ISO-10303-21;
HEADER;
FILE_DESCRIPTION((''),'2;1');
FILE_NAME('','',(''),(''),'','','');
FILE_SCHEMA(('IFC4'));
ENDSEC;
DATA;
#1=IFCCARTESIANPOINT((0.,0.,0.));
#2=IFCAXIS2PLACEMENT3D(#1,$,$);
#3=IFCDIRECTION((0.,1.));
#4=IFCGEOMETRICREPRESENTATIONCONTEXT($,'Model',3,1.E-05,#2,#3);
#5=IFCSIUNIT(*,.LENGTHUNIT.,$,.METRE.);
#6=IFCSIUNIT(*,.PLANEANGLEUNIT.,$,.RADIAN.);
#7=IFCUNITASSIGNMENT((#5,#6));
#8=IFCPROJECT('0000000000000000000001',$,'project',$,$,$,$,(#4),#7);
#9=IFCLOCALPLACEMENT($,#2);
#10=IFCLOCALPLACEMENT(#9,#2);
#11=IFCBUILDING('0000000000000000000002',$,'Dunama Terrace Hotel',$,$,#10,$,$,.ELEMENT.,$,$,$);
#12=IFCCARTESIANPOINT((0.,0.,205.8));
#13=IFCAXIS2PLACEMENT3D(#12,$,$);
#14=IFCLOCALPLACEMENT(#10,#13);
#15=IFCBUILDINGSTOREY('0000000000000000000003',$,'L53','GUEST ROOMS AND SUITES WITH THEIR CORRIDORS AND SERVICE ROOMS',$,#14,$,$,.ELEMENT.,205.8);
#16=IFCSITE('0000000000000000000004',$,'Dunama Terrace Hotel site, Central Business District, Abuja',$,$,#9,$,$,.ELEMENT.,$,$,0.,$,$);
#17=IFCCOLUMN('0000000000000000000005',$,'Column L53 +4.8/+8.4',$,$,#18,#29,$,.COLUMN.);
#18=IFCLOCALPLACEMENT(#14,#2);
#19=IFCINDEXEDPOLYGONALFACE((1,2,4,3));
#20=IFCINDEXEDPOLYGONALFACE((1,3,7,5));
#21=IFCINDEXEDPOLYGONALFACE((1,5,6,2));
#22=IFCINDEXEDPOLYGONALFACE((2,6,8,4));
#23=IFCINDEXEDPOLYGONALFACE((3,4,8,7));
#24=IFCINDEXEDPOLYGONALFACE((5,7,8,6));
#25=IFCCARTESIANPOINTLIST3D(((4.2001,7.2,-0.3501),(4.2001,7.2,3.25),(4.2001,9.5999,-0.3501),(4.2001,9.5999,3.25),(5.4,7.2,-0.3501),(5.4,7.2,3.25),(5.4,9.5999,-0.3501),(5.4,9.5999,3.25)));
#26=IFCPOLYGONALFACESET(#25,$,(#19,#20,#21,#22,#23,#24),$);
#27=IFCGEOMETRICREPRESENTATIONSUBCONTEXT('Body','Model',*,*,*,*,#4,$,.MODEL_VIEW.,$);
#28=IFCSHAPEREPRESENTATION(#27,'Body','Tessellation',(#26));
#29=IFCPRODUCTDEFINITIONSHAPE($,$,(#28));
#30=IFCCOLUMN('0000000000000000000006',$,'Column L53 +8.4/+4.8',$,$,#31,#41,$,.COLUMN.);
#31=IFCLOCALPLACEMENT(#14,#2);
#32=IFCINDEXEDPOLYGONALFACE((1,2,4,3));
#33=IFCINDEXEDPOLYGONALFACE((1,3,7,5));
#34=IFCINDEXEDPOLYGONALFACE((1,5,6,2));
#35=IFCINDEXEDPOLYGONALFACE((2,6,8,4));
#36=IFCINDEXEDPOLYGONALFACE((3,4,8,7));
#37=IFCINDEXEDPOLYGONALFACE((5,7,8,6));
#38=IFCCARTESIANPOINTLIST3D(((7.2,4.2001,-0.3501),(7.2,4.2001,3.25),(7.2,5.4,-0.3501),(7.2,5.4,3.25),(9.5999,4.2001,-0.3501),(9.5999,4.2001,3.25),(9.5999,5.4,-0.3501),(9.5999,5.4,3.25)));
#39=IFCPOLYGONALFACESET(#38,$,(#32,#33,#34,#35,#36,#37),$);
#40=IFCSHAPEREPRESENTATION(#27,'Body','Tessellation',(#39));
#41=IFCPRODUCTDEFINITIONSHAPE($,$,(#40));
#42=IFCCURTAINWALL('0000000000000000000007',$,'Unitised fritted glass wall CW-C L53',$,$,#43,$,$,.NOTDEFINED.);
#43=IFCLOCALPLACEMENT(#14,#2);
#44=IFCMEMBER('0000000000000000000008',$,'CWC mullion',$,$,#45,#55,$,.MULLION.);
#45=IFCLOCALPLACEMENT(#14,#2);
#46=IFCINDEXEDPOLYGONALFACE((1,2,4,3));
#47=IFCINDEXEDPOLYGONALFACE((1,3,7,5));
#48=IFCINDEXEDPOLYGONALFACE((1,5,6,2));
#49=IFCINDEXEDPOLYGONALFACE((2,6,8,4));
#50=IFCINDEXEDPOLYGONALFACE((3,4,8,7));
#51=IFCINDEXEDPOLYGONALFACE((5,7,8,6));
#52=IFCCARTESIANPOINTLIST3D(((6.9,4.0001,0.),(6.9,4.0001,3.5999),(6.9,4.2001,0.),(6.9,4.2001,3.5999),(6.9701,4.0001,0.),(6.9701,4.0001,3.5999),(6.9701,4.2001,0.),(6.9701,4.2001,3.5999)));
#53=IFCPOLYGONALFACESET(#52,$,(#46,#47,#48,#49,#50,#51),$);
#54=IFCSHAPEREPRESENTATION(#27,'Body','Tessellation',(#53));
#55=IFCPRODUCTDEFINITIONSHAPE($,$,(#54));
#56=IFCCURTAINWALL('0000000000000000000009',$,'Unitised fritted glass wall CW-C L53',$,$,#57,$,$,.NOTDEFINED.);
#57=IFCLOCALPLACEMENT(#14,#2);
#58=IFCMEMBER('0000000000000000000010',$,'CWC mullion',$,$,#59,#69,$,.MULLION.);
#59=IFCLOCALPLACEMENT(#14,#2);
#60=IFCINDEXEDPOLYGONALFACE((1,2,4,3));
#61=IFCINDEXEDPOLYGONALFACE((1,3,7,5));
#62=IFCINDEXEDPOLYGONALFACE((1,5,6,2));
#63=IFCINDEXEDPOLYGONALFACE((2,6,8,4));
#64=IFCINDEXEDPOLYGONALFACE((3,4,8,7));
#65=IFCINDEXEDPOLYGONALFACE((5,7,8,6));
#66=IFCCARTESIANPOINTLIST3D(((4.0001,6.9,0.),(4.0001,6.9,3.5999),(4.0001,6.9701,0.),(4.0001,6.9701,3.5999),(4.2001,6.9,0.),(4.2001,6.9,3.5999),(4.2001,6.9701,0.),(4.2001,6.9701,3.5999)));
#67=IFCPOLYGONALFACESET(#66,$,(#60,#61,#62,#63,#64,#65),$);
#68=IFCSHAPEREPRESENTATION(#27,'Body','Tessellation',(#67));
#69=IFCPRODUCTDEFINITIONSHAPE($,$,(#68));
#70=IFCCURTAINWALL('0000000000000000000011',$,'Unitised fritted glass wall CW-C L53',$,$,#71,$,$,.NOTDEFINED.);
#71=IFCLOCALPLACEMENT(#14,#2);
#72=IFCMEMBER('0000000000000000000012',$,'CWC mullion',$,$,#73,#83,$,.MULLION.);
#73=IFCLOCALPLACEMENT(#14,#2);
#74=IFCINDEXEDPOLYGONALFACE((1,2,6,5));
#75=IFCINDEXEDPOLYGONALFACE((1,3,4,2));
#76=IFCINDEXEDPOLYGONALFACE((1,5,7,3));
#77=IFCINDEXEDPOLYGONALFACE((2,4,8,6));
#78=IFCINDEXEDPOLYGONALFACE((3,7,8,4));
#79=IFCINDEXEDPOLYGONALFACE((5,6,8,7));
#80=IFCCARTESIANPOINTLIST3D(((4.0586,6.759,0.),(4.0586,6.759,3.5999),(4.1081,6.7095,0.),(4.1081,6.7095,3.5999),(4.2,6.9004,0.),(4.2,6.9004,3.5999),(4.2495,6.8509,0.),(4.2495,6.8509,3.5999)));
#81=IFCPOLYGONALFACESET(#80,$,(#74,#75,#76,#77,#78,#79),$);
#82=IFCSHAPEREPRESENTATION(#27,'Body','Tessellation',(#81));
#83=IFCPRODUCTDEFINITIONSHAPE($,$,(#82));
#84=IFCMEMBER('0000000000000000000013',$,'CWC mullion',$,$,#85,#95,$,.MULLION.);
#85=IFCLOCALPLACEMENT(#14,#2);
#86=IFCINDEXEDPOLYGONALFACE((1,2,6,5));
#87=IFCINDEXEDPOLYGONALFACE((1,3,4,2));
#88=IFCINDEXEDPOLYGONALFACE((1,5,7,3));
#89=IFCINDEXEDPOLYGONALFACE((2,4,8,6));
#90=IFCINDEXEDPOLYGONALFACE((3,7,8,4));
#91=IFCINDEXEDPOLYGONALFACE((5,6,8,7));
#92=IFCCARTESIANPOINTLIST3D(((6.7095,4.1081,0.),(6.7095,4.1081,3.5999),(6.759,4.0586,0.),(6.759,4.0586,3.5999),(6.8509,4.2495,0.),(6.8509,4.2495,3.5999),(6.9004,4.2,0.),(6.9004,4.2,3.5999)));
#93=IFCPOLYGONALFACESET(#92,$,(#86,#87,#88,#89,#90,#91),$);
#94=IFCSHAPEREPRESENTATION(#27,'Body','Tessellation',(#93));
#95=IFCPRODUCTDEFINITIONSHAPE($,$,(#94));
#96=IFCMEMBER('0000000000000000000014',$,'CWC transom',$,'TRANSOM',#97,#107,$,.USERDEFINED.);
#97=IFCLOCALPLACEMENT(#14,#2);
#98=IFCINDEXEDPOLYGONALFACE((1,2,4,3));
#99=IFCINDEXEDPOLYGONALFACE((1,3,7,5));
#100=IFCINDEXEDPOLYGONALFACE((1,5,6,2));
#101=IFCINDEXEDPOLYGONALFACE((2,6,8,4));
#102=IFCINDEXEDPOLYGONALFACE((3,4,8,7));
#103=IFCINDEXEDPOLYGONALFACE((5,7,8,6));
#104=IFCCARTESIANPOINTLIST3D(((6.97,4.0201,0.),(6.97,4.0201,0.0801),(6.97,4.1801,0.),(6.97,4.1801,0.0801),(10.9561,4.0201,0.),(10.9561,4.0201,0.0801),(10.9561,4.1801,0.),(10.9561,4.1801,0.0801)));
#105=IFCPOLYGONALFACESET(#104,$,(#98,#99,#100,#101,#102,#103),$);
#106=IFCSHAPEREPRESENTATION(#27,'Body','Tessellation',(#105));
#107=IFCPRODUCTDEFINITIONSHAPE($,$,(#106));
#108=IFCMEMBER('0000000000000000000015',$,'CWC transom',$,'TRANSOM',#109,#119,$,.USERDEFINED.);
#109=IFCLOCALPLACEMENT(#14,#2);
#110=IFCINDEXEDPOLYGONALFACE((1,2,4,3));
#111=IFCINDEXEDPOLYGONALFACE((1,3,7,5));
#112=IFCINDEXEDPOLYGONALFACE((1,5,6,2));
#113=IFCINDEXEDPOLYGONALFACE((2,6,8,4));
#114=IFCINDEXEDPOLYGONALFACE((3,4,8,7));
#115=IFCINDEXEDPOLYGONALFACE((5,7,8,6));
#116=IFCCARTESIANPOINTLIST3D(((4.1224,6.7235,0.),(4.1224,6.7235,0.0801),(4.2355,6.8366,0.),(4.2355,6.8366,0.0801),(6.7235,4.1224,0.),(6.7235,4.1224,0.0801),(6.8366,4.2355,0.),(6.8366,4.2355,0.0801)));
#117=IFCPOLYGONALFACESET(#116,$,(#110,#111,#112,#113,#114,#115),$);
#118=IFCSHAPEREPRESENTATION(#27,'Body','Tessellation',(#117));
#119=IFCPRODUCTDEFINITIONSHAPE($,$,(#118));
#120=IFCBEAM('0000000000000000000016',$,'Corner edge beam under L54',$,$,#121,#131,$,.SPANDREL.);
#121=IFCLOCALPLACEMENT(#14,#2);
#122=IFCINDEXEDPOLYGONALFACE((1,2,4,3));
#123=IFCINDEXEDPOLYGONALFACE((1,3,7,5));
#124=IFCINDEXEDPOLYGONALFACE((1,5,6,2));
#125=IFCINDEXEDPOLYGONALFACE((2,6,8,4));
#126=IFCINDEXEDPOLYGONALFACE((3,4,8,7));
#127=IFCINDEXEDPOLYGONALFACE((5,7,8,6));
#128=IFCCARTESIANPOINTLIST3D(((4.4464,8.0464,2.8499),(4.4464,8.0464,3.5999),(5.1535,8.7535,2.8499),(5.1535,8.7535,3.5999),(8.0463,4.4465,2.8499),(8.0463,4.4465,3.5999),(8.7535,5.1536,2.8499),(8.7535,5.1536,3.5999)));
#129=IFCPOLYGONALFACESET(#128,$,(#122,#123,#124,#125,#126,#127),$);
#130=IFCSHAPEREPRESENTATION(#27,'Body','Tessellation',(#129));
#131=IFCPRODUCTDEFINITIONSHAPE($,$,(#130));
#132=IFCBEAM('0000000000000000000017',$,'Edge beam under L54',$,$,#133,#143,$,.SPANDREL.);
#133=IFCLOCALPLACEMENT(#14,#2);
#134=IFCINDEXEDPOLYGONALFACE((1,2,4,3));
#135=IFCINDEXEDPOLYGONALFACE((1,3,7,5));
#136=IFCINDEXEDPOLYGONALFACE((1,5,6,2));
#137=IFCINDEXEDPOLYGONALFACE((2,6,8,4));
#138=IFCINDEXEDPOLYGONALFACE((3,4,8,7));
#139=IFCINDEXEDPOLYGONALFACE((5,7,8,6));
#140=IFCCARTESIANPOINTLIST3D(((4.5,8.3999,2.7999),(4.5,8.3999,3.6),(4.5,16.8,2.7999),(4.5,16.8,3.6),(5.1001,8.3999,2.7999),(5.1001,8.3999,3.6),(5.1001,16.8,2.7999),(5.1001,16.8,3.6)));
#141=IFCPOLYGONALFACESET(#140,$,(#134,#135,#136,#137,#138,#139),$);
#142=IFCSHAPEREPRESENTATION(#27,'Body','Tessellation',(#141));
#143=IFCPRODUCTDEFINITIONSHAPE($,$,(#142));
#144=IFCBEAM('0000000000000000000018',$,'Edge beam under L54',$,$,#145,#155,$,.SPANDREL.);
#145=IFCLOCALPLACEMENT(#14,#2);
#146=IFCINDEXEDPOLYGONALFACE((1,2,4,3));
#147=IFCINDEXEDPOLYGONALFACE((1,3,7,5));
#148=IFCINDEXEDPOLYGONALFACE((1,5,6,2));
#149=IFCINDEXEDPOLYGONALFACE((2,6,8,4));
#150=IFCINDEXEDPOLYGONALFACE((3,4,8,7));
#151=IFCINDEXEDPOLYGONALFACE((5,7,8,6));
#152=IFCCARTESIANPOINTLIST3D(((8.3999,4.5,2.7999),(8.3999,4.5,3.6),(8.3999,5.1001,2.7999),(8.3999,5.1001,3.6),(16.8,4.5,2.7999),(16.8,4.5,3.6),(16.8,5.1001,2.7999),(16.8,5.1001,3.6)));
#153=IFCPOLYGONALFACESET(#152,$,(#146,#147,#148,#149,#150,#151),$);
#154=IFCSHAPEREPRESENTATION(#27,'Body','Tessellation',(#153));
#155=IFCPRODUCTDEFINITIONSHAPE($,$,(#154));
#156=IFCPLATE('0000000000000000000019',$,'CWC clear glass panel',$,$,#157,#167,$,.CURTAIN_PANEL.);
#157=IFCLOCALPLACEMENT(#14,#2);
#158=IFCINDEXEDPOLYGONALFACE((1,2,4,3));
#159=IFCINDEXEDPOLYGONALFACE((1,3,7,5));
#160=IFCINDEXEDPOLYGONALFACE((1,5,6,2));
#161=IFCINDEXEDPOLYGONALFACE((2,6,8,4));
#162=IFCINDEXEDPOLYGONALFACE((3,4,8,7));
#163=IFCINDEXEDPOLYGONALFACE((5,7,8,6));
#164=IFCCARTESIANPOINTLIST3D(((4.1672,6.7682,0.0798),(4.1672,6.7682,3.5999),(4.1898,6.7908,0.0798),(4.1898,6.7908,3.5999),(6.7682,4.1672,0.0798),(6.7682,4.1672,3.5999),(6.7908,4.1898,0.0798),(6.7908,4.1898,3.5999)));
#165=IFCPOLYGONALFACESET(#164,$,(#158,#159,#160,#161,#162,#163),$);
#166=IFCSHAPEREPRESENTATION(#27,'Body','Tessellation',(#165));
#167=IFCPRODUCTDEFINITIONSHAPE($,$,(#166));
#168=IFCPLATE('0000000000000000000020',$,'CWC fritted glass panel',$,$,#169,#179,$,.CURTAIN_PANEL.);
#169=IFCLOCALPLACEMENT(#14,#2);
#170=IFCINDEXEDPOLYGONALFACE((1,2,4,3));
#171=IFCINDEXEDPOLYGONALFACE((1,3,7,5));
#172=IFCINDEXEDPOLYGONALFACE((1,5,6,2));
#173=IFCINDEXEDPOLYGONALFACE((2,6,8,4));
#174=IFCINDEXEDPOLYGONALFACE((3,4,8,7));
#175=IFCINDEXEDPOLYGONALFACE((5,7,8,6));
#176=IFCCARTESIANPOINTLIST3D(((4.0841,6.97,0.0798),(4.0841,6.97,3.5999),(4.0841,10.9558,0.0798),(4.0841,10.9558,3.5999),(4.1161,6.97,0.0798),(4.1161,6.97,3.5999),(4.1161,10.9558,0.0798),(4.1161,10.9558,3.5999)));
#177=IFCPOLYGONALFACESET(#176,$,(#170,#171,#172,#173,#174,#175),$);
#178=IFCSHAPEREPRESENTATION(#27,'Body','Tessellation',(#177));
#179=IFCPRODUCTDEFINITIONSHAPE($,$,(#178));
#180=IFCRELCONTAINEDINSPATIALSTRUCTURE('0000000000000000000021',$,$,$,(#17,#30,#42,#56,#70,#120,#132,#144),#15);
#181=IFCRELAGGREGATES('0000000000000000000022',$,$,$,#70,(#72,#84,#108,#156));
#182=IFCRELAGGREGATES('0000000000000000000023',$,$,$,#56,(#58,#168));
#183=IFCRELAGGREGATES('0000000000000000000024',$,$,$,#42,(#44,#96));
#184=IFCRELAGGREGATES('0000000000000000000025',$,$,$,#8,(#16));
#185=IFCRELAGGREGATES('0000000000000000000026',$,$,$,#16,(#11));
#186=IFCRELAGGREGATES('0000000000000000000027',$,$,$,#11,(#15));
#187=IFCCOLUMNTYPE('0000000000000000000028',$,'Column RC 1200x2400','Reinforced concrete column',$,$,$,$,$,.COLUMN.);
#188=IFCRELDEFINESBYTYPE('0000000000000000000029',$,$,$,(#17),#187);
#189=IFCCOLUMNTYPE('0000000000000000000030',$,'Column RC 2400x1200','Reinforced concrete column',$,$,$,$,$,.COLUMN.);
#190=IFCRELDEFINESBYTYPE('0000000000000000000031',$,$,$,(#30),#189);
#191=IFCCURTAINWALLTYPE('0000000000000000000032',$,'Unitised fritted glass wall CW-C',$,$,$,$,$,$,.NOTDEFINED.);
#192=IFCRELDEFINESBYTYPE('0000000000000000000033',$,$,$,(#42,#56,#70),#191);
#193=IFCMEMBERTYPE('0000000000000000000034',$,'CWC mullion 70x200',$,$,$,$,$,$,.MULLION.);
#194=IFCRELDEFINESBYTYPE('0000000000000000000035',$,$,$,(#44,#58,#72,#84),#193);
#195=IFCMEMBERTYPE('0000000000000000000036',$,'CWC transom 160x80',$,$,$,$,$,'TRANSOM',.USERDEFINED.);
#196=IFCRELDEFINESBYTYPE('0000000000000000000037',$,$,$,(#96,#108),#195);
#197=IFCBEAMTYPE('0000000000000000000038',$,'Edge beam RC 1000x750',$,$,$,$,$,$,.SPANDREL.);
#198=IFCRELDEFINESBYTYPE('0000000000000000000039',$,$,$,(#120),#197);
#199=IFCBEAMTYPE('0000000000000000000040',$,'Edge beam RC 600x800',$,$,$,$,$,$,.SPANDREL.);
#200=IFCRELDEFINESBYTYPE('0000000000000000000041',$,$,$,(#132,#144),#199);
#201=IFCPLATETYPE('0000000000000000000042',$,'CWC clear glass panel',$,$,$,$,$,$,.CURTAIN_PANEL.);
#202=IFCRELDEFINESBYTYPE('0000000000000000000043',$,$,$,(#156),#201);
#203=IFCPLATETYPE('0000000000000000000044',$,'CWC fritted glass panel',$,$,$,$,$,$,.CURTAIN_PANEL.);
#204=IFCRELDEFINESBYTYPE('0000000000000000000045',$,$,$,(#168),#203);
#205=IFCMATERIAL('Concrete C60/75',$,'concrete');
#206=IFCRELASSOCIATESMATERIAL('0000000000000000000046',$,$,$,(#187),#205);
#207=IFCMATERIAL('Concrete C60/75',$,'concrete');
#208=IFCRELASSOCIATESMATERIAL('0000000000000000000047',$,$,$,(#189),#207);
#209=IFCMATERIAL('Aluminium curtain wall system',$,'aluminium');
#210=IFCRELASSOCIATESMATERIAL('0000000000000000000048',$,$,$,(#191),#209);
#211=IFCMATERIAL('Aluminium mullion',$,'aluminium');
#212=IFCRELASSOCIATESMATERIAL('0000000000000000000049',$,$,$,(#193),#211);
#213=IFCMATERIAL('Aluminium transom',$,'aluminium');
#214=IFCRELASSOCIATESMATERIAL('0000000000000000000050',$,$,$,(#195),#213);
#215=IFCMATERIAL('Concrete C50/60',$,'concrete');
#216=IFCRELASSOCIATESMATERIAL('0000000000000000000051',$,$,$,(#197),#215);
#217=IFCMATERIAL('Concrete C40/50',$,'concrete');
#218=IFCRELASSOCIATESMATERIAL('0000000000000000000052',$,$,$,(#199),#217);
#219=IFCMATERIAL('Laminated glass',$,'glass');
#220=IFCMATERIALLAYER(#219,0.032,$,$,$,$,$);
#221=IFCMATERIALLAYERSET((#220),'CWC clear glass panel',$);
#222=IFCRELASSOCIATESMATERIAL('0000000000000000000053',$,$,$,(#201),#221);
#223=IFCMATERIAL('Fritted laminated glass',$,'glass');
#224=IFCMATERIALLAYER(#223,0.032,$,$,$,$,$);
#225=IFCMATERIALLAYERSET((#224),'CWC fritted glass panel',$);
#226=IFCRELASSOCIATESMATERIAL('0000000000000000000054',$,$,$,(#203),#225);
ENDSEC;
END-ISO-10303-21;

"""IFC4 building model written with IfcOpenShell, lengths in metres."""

from ifc_helpers import new_model, si_unit, direction, frame, origin, origin_2d, place, context, subcontext, project, spatial, rectangle, extrude, material, layer, layer_set, material_profile, profile_set, type_object, element, aggregate, save


model = new_model("IFC4")

# Units and contexts
model_context = context("Model", 3, precision=1e-05, world=origin(), true_north=direction((0.0, 1.0)))
body_context = subcontext(model_context, "Body", "Model", "MODEL_VIEW")
ifc_project = project(units=[si_unit("LENGTHUNIT", "METRE"), si_unit("PLANEANGLEUNIT", "RADIAN")], contexts=[model_context])

# Site, building, storey
site_placement = place(None, origin())
site = spatial("IfcSite", under=ifc_project, at=site_placement, Name="Dunama Terrace Hotel site, Central Business District, Abuja", CompositionType="ELEMENT", RefElevation=0.0)
building_placement = place(site_placement, origin())
building = spatial("IfcBuilding", under=site, at=building_placement, Name="Dunama Terrace Hotel", CompositionType="ELEMENT")
storey_placement = place(building_placement, frame((0.0, 0.0, 205.8)))
storey = spatial("IfcBuildingStorey", under=building, at=storey_placement, Name="L53", Description="GUEST ROOMS AND SUITES WITH THEIR CORRIDORS AND SERVICE ROOMS", CompositionType="ELEMENT", Elevation=205.8)

# Columns
ifc_material_1 = material(Name="Concrete C60/75", Category="concrete")
ifc_material_profile_1 = material_profile(ifc_material_1, rectangle(XDim=1.2, YDim=2.3999, at=origin_2d()), Name="RC 1200x2400")
ifc_profile_set_1 = profile_set([ifc_material_profile_1], Name="Concrete C60/75")
column_type_1 = type_object("IfcColumnType", Name="Column RC 1200x2400", Description="Reinforced concrete column", PredefinedType="COLUMN", material=ifc_profile_set_1)
column_1_placement = place(storey_placement, frame((4.8, 8.3999, -0.3501), z_axis=(0.0, 0.0, 1.0), x_axis=(1.0, 0.0, 0.0)))
element("IfcColumn", 1, at=column_1_placement, inside=storey, type_object=column_type_1, Name="Column L53 +4.8/+8.4", PredefinedType="COLUMN", context=body_context, shape_type="SweptSolid", body=[
    extrude(rectangle(XDim=1.2, YDim=2.3999, at=origin_2d()), origin(), (0.0, 0.0, 1.0), 3.6001),
])
ifc_material_2 = material(Name="Concrete C60/75", Category="concrete")
ifc_material_profile_2 = material_profile(ifc_material_2, rectangle(XDim=2.3999, YDim=1.2, at=origin_2d()), Name="RC 2400x1200")
ifc_profile_set_2 = profile_set([ifc_material_profile_2], Name="Concrete C60/75")
column_type_2 = type_object("IfcColumnType", Name="Column RC 2400x1200", Description="Reinforced concrete column", PredefinedType="COLUMN", material=ifc_profile_set_2)
column_2_placement = place(storey_placement, frame((8.3999, 4.8, -0.3501), z_axis=(0.0, 0.0, 1.0), x_axis=(1.0, 0.0, 0.0)))
element("IfcColumn", 2, at=column_2_placement, inside=storey, type_object=column_type_2, Name="Column L53 +8.4/+4.8", PredefinedType="COLUMN", context=body_context, shape_type="SweptSolid", body=[
    extrude(rectangle(XDim=2.3999, YDim=1.2, at=origin_2d()), origin(), (0.0, 0.0, 1.0), 3.6001),
])

# Curtain walls, members
ifc_material_3 = material(Name="Aluminium curtain wall system", Category="aluminium")
curtain_wall_type = type_object("IfcCurtainWallType", Name="Unitised fritted glass wall CW-C", PredefinedType="NOTDEFINED", material=ifc_material_3)
curtain_wall_1_placement = place(storey_placement, origin())
curtain_wall_1 = element("IfcCurtainWall", 3, at=curtain_wall_1_placement, inside=storey, type_object=curtain_wall_type, Name="Unitised fritted glass wall CW-C L53", PredefinedType="NOTDEFINED")
ifc_material_4 = material(Name="Aluminium mullion", Category="aluminium")
ifc_material_profile_3 = material_profile(ifc_material_4, rectangle(XDim=0.0701, YDim=0.2, at=origin_2d()), Name="CWC MULLION 70X200")
ifc_profile_set_3 = profile_set([ifc_material_profile_3], Name="Aluminium mullion")
member_type_1 = type_object("IfcMemberType", Name="CWC mullion 70x200", PredefinedType="MULLION", material=ifc_profile_set_3)
member_1_placement = place(storey_placement, frame((6.9351, 4.1001, 0.0), z_axis=(0.0, 0.0, 1.0), x_axis=(1.0, 0.0, 0.0)))
member_1 = element("IfcMember", 4, at=member_1_placement, type_object=member_type_1, Name="CWC mullion", PredefinedType="MULLION", context=body_context, shape_type="SweptSolid", body=[
    extrude(rectangle(XDim=0.0701, YDim=0.2, at=origin_2d()), origin(), (0.0, 0.0, 1.0), 3.5999),
])
curtain_wall_2_placement = place(storey_placement, origin())
curtain_wall_2 = element("IfcCurtainWall", 5, at=curtain_wall_2_placement, inside=storey, type_object=curtain_wall_type, Name="Unitised fritted glass wall CW-C L53", PredefinedType="NOTDEFINED")
member_2_placement = place(storey_placement, frame((4.1001, 6.9351, 0.0), z_axis=(0.0, 0.0, 1.0), x_axis=(0.0, -1.0, 0.0)))
member_2 = element("IfcMember", 6, at=member_2_placement, type_object=member_type_1, Name="CWC mullion", PredefinedType="MULLION", context=body_context, shape_type="SweptSolid", body=[
    extrude(rectangle(XDim=0.0701, YDim=0.2, at=origin_2d()), origin(), (0.0, 0.0, 1.0), 3.5999),
])

# Curtain wall, members
curtain_wall_3_placement = place(storey_placement, origin())
curtain_wall_3 = element("IfcCurtainWall", 7, at=curtain_wall_3_placement, inside=storey, type_object=curtain_wall_type, Name="Unitised fritted glass wall CW-C L53", PredefinedType="NOTDEFINED")
member_3_placement = place(storey_placement, frame((4.1541, 6.8049, 0.0), z_axis=(0.0, 0.0, 1.0), x_axis=(0.707107, -0.707107, 0.0)))
member_3 = element("IfcMember", 8, at=member_3_placement, type_object=member_type_1, Name="CWC mullion", PredefinedType="MULLION", context=body_context, shape_type="SweptSolid", body=[
    extrude(rectangle(XDim=0.0701, YDim=0.2, at=origin_2d()), origin(), (0.0, 0.0, 1.0), 3.5999),
])
member_4_placement = place(storey_placement, frame((6.8049, 4.1541, 0.0), z_axis=(0.0, 0.0, 1.0), x_axis=(0.707107, -0.707107, 0.0)))
member_4 = element("IfcMember", 9, at=member_4_placement, type_object=member_type_1, Name="CWC mullion", PredefinedType="MULLION", context=body_context, shape_type="SweptSolid", body=[
    extrude(rectangle(XDim=0.0701, YDim=0.2, at=origin_2d()), origin(), (0.0, 0.0, 1.0), 3.5999),
])

# Members
ifc_material_5 = material(Name="Aluminium transom", Category="aluminium")
ifc_material_profile_4 = material_profile(ifc_material_5, rectangle(XDim=0.1599, YDim=0.0801, at=origin_2d()), Name="CWC TRANSOM 160X80")
ifc_profile_set_4 = profile_set([ifc_material_profile_4], Name="Aluminium transom")
member_type_2 = type_object("IfcMemberType", Name="CWC transom 160x80", ElementType="TRANSOM", PredefinedType="USERDEFINED", material=ifc_profile_set_4)
member_5_placement = place(storey_placement, frame((6.97, 4.1001, 0.04), z_axis=(1.0, 0.0, 0.0), x_axis=(0.0, 1.0, 0.0)))
member_5 = element("IfcMember", 10, at=member_5_placement, type_object=member_type_2, Name="CWC transom", ObjectType="TRANSOM", PredefinedType="USERDEFINED", context=body_context, shape_type="SweptSolid", body=[
    extrude(rectangle(XDim=0.1599, YDim=0.0801, at=origin_2d()), origin(), (0.0, 0.0, 1.0), 3.9861),
])
member_6_placement = place(storey_placement, frame((4.179, 6.78, 0.04), z_axis=(0.707107, -0.707107, 0.0), x_axis=(0.707107, 0.707107, 0.0)))
member_6 = element("IfcMember", 11, at=member_6_placement, type_object=member_type_2, Name="CWC transom", ObjectType="TRANSOM", PredefinedType="USERDEFINED", context=body_context, shape_type="SweptSolid", body=[
    extrude(rectangle(XDim=0.1599, YDim=0.0801, at=origin_2d()), origin(), (0.0, 0.0, 1.0), 3.6785),
])

# Beams
ifc_material_6 = material(Name="Concrete C50/60", Category="concrete")
ifc_material_profile_5 = material_profile(ifc_material_6, rectangle(XDim=1.0, YDim=0.75, at=origin_2d()), Name="RC 1000x750")
ifc_profile_set_5 = profile_set([ifc_material_profile_5], Name="Concrete C50/60")
beam_type_1 = type_object("IfcBeamType", Name="Edge beam RC 1000x750", PredefinedType="SPANDREL", material=ifc_profile_set_5)
beam_placement = place(storey_placement, frame((8.3999, 4.8, 3.2249), z_axis=(-0.707107, 0.707107, 0.0), x_axis=(-0.707107, -0.707107, 0.0)))
element("IfcBeam", 12, at=beam_placement, inside=storey, type_object=beam_type_1, Name="Corner edge beam under L54", PredefinedType="SPANDREL", context=body_context, shape_type="SweptSolid", body=[
    extrude(rectangle(XDim=1.0, YDim=0.75, at=origin_2d()), origin(), (0.0, 0.0, 1.0), 5.0911),
])
ifc_material_7 = material(Name="Concrete C40/50", Category="concrete")
ifc_material_profile_6 = material_profile(ifc_material_7, rectangle(XDim=0.6001, YDim=0.8, at=origin_2d()), Name="RC 600x800")
ifc_profile_set_6 = profile_set([ifc_material_profile_6], Name="Concrete C40/50")
beam_type_2 = type_object("IfcBeamType", Name="Edge beam RC 600x800", PredefinedType="SPANDREL", material=ifc_profile_set_6)
for number, where, z_axis, x_axis, name in (
    (13, (4.8, 8.3999, 3.2), (0.0, 1.0, 0.0), (-1.0, 0.0, 0.0), "Edge beam under L54"),
    (14, (8.3999, 4.8, 3.2), (1.0, 0.0, 0.0), (0.0, 1.0, 0.0), "Edge beam under L54"),
):
    element("IfcBeam", number, at=place(storey_placement, frame(where, z_axis=z_axis, x_axis=x_axis)), inside=storey, type_object=beam_type_2, Name=name, PredefinedType="SPANDREL", context=body_context, shape_type="SweptSolid", body=[
        extrude(rectangle(XDim=0.6001, YDim=0.8, at=origin_2d()), origin(), (0.0, 0.0, 1.0), 8.4001),
    ])

# Plates
ifc_material_8 = material(Name="Laminated glass", Category="glass")
ifc_layer_1 = layer(ifc_material_8, 0.032)
ifc_layer_set_1 = layer_set([ifc_layer_1], Name="CWC clear glass panel")
plate_type_1 = type_object("IfcPlateType", Name="CWC clear glass panel", PredefinedType="CURTAIN_PANEL", material=ifc_layer_set_1)
plate_1_placement = place(storey_placement, frame((5.479, 5.479, 0.0798), z_axis=(0.0, 0.0, 1.0), x_axis=(0.707107, -0.707107, 0.0)))
plate_1 = element("IfcPlate", 15, at=plate_1_placement, type_object=plate_type_1, Name="CWC clear glass panel", PredefinedType="CURTAIN_PANEL", context=body_context, shape_type="SweptSolid", body=[
    extrude(rectangle(XDim=3.6785, YDim=0.032, at=origin_2d()), origin(), (0.0, 0.0, 1.0), 3.52),
])
aggregate(curtain_wall_3, [member_3, member_4, member_6, plate_1])
ifc_material_9 = material(Name="Fritted laminated glass", Category="glass")
ifc_layer_2 = layer(ifc_material_9, 0.032)
ifc_layer_set_2 = layer_set([ifc_layer_2], Name="CWC fritted glass panel")
plate_type_2 = type_object("IfcPlateType", Name="CWC fritted glass panel", PredefinedType="CURTAIN_PANEL", material=ifc_layer_set_2)
plate_2_placement = place(storey_placement, frame((4.1001, 8.9629, 0.0798), z_axis=(0.0, 0.0, 1.0), x_axis=(0.0, -1.0, 0.0)))
plate_2 = element("IfcPlate", 16, at=plate_2_placement, type_object=plate_type_2, Name="CWC fritted glass panel", PredefinedType="CURTAIN_PANEL", context=body_context, shape_type="SweptSolid", body=[
    extrude(rectangle(XDim=3.9858, YDim=0.032, at=origin_2d()), origin(), (0.0, 0.0, 1.0), 3.52),
])
aggregate(curtain_wall_2, [member_2, plate_2])
aggregate(curtain_wall_1, [member_1, member_5])

save(model, "model.ifc")
